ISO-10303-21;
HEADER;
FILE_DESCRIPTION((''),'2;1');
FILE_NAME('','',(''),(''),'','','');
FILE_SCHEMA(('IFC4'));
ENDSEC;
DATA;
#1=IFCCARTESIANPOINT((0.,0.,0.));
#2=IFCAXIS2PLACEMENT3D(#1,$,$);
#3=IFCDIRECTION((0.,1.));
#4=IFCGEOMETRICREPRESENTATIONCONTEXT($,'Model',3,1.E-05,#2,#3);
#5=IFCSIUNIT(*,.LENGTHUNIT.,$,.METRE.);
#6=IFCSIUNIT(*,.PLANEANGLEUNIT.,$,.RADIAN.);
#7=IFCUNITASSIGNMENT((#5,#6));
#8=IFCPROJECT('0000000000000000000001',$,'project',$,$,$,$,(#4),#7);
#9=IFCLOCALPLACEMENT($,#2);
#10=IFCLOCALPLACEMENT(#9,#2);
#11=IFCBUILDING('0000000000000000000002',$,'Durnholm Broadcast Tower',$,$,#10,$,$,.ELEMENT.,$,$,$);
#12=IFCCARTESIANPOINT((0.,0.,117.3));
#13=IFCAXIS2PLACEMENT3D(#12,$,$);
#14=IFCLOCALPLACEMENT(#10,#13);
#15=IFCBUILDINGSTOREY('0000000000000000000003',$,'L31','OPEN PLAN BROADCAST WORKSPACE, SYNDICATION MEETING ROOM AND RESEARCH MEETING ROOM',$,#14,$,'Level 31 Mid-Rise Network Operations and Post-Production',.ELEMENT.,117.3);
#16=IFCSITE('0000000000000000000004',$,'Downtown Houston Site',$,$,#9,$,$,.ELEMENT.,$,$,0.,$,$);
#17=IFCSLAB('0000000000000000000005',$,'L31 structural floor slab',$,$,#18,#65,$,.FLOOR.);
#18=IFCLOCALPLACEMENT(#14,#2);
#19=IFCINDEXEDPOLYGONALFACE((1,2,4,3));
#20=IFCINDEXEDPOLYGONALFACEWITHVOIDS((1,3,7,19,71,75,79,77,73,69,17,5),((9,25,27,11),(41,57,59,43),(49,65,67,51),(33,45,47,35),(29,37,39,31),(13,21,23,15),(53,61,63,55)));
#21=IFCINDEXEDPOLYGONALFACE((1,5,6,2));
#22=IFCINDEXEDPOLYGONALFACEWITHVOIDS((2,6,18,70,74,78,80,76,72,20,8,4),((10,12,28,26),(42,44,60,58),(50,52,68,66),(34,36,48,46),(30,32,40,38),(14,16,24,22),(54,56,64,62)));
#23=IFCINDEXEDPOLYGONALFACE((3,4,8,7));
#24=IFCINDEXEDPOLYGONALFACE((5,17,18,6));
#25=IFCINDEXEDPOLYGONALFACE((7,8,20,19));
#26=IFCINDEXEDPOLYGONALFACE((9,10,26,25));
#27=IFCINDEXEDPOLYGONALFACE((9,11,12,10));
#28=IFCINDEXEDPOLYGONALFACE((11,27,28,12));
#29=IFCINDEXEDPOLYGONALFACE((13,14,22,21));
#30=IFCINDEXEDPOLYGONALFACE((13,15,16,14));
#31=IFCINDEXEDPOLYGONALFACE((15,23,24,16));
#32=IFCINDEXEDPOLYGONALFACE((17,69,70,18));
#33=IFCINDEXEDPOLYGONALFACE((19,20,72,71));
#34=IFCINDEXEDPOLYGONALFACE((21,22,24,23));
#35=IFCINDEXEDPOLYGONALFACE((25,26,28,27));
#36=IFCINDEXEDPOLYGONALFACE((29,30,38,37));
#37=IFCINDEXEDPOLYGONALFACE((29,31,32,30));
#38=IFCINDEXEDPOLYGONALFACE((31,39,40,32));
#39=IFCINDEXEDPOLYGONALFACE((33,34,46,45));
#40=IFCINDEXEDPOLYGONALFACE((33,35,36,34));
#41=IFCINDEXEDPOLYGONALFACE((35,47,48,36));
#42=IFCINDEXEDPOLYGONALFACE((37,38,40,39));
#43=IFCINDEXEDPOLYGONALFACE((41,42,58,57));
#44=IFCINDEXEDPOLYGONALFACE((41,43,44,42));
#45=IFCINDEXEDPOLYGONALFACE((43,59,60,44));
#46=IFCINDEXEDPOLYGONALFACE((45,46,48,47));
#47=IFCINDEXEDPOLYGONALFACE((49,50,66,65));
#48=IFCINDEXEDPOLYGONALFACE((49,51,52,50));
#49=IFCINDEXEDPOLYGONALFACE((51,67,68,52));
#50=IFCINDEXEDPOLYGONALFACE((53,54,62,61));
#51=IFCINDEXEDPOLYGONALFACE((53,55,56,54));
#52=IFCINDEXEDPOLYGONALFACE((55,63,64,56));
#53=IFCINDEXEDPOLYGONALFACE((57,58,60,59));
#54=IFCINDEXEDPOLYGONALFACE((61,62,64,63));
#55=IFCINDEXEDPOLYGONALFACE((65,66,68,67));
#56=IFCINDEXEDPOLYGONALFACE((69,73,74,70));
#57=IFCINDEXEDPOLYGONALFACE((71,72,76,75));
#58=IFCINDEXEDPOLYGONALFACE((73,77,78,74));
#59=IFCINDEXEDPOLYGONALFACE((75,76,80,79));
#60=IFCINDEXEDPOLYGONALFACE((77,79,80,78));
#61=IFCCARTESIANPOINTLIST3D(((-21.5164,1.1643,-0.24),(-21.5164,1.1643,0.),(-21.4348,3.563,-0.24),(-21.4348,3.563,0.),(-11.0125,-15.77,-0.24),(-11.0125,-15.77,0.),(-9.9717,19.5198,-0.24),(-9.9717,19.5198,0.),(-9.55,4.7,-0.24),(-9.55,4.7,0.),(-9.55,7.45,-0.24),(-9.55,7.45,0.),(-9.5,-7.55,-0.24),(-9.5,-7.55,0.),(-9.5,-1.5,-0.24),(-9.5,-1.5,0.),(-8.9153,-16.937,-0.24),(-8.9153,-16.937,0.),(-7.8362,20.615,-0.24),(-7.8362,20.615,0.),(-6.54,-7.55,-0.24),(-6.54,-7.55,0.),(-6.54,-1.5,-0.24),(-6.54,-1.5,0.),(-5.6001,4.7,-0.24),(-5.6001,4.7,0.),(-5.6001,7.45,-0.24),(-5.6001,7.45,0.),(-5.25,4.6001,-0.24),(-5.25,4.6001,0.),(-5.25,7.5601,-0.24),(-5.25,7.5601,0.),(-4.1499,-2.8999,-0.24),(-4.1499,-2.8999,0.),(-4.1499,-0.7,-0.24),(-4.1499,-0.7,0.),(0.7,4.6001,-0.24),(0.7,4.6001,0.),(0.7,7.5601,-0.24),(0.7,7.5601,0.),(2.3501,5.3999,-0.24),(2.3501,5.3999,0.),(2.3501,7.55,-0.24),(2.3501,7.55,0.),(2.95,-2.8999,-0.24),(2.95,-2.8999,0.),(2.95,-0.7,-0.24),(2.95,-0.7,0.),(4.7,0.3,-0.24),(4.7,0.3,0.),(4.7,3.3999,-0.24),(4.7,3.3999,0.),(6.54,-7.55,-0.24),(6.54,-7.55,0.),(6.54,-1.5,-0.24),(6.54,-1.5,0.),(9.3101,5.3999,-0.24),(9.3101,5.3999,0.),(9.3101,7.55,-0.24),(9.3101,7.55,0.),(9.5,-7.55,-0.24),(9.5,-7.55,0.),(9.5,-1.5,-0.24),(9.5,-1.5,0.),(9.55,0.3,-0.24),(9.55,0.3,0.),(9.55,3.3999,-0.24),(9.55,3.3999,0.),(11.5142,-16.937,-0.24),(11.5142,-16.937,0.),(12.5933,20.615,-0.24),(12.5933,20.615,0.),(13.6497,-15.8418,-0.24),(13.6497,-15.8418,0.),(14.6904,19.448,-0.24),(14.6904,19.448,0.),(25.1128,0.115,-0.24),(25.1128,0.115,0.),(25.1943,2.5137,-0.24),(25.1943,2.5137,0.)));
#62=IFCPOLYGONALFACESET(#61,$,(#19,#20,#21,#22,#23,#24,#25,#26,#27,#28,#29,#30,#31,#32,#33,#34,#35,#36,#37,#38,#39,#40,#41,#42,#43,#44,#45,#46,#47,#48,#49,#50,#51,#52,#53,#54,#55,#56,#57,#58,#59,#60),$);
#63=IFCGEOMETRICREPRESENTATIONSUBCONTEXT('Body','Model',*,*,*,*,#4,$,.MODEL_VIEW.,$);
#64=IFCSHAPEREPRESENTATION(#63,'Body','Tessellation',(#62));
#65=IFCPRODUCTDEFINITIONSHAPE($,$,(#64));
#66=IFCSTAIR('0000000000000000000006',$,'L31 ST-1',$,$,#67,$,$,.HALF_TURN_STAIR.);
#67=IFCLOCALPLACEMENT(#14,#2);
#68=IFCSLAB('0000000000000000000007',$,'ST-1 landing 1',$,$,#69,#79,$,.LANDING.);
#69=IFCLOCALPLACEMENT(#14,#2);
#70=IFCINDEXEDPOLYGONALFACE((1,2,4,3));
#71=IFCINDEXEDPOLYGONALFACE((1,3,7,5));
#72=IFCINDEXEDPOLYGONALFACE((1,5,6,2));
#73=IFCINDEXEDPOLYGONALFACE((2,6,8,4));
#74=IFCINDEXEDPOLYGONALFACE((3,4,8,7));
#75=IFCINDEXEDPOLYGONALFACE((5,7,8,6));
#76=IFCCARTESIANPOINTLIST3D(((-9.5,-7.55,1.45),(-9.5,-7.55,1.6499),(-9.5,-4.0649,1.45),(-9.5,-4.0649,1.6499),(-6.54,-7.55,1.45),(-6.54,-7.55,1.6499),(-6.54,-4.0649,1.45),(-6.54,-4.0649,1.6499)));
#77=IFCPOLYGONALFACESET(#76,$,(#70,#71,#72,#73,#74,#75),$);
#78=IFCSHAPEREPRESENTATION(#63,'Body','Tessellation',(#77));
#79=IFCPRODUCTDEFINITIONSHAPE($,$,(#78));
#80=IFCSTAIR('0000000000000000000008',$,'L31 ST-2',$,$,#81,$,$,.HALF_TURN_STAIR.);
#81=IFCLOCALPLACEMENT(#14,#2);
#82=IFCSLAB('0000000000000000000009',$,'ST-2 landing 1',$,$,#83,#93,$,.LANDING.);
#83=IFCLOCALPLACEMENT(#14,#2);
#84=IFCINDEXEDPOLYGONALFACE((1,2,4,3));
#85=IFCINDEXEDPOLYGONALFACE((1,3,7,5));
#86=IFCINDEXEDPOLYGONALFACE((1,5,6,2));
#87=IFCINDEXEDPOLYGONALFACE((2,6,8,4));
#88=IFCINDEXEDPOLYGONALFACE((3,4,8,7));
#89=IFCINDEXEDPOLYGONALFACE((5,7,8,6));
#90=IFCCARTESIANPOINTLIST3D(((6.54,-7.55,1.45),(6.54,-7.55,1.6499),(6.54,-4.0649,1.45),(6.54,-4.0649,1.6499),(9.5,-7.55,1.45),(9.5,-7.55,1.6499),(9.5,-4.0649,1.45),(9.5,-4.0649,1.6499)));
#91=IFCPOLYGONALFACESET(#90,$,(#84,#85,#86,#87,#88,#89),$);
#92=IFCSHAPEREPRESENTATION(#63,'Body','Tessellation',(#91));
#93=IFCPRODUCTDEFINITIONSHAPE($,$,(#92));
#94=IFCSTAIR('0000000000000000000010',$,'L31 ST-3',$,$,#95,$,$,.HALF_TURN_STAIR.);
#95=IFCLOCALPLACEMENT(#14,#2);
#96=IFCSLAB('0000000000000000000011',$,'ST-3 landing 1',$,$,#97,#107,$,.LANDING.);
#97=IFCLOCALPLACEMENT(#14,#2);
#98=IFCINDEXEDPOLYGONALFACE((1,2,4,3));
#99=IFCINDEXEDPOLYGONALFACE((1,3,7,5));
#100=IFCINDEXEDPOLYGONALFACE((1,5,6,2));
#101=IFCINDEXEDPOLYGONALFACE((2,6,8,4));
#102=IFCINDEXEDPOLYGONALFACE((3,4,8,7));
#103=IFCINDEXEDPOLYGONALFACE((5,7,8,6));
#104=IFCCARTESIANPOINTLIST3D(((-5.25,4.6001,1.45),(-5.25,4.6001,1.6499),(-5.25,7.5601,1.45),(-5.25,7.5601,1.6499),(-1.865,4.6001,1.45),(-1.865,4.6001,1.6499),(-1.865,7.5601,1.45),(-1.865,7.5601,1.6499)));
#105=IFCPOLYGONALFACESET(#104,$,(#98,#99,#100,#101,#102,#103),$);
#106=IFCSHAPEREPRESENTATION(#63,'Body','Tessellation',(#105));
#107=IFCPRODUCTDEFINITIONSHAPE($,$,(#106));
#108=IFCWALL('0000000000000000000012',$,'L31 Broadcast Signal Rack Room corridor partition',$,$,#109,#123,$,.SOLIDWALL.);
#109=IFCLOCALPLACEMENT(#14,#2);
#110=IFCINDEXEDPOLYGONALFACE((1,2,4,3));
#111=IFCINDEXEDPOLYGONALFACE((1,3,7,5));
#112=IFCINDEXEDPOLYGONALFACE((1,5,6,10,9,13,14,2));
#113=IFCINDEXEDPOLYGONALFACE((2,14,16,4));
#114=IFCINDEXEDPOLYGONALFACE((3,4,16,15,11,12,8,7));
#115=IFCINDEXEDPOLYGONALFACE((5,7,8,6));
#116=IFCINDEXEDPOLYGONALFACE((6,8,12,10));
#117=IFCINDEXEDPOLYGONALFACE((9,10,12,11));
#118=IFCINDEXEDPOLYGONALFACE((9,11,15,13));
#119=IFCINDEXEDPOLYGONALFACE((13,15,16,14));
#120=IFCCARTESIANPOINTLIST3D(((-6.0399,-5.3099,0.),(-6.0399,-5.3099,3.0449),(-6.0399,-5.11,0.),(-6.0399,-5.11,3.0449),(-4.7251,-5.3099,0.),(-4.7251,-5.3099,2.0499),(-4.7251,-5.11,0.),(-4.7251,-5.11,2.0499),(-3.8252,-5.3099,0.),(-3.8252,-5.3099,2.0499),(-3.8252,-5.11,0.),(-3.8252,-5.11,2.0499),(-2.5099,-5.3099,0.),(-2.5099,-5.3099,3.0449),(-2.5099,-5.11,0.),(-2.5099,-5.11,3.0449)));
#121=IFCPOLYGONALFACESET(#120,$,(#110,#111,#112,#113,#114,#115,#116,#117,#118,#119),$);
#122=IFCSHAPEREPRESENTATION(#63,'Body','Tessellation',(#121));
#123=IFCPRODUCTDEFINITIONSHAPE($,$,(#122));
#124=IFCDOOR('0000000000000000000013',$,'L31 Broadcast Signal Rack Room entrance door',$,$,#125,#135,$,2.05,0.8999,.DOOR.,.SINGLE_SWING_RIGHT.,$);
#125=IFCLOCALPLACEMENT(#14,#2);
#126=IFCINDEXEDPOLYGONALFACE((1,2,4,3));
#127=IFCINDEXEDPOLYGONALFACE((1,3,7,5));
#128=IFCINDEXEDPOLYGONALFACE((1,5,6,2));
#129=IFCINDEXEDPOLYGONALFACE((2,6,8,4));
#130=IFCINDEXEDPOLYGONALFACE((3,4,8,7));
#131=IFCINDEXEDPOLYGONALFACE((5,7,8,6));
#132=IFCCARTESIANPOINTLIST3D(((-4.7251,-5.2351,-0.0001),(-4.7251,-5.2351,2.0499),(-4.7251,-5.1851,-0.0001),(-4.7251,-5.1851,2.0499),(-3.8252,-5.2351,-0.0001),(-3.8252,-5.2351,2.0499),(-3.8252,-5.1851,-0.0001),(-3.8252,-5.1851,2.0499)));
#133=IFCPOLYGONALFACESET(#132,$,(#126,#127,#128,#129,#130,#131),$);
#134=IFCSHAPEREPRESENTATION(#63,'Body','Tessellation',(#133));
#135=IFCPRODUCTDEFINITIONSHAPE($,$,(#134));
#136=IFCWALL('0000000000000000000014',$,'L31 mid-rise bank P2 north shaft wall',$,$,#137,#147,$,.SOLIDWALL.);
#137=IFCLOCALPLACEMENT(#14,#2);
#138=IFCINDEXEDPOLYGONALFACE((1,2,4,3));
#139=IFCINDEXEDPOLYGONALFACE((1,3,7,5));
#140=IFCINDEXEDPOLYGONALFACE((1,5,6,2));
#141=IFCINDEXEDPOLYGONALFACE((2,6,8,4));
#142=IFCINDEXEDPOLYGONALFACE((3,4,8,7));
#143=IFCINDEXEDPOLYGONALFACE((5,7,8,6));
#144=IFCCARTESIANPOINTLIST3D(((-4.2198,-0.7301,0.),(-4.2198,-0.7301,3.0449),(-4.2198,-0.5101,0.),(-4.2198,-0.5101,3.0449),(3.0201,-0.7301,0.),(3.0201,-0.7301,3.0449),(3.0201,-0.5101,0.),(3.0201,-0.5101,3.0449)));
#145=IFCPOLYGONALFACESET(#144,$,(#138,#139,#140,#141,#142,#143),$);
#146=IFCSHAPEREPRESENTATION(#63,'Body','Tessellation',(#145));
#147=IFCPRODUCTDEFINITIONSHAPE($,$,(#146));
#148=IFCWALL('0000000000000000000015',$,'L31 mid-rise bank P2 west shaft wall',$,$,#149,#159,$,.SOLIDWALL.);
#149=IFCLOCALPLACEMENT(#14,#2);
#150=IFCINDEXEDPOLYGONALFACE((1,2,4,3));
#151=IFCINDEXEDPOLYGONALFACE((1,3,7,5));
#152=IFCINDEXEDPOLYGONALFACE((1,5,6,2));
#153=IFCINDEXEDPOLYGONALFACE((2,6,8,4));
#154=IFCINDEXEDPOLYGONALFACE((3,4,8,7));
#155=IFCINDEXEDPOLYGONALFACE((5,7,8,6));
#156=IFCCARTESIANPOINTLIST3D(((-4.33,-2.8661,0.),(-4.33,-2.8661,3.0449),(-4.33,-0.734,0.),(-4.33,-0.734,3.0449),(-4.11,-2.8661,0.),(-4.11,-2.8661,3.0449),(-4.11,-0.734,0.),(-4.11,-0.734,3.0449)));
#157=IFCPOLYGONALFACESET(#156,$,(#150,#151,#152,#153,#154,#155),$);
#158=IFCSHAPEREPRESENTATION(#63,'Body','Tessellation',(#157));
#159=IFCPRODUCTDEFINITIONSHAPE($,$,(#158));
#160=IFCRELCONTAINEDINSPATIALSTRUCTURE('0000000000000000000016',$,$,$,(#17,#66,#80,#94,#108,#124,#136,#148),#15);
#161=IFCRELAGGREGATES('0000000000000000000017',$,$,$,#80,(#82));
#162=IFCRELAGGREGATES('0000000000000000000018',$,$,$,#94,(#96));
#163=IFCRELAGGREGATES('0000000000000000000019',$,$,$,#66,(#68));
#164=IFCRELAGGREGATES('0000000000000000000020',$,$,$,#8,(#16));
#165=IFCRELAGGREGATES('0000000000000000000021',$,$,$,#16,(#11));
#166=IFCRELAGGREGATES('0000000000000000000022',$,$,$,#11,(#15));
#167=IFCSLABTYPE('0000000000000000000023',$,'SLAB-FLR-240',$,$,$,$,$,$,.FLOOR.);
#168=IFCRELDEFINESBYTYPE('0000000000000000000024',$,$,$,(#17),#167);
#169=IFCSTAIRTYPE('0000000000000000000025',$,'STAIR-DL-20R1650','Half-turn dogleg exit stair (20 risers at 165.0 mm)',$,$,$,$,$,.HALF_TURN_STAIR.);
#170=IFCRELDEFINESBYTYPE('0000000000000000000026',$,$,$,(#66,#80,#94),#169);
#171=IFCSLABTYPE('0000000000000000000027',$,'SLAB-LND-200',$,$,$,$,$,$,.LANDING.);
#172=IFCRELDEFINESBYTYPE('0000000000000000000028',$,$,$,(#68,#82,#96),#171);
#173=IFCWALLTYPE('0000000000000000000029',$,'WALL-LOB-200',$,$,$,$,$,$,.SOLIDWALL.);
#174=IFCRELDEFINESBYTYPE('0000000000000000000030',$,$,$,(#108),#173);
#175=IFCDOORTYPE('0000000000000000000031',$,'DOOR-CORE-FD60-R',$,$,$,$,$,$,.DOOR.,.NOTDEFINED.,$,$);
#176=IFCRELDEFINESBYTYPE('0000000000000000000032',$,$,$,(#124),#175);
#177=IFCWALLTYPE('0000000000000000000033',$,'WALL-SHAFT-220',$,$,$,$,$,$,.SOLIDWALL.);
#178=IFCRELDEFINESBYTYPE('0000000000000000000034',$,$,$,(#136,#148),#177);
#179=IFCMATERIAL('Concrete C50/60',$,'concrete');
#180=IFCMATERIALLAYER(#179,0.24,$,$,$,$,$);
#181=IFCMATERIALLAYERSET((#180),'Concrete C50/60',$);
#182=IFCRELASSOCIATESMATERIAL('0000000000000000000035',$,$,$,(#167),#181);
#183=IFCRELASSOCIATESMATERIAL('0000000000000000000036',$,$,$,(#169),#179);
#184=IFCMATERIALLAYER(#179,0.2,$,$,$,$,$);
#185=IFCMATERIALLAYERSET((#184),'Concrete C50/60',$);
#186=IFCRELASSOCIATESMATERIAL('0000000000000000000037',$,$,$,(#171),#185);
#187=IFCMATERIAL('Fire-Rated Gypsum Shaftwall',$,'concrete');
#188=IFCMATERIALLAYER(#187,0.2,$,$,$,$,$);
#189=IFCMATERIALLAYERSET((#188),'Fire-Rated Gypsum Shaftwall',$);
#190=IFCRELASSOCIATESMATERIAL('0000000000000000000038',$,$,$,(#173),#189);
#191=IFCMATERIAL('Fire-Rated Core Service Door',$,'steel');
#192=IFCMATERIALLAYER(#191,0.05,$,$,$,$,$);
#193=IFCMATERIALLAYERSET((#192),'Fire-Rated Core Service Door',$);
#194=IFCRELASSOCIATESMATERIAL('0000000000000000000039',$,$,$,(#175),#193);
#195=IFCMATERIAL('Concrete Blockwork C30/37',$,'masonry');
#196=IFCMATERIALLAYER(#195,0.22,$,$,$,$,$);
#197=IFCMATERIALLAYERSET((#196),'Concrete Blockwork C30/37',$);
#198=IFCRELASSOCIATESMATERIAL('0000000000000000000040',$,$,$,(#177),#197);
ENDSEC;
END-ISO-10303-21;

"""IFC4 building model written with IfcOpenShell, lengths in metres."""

from ifc_helpers import new_model, si_unit, direction, frame, frame_2d, origin, place, context, subcontext, project, spatial, polyline, rectangle, outline, extrude, source, transform, mapped, material, layer, layer_set, type_object, type_shapes, element, fill, aggregate, save


model = new_model("IFC4")

# Units and contexts
model_context = context("Model", 3, precision=1e-05, world=origin(), true_north=direction((0.0, 1.0)))
body_context = subcontext(model_context, "Body", "Model", "MODEL_VIEW")
ifc_project = project(units=[si_unit("LENGTHUNIT", "METRE"), si_unit("PLANEANGLEUNIT", "RADIAN")], contexts=[model_context])

# Site, building, storey
site_placement = place(None, origin())
site = spatial("IfcSite", under=ifc_project, at=site_placement, Name="Downtown Houston Site", CompositionType="ELEMENT", RefElevation=0.0)
building_placement = place(site_placement, origin())
building = spatial("IfcBuilding", under=site, at=building_placement, Name="Durnholm Broadcast Tower", CompositionType="ELEMENT")
storey_placement = place(building_placement, frame((0.0, 0.0, 117.3)))
storey = spatial("IfcBuildingStorey", under=building, at=storey_placement, Name="L31", Description="OPEN PLAN BROADCAST WORKSPACE, SYNDICATION MEETING ROOM AND RESEARCH MEETING ROOM", LongName="Level 31 Mid-Rise Network Operations and Post-Production", CompositionType="ELEMENT", Elevation=117.3)

# Slab
ifc_material_1 = material(Name="Concrete C50/60", Category="concrete")
ifc_layer_1 = layer(ifc_material_1, 0.24)
ifc_layer_set_1 = layer_set([ifc_layer_1], Name="Concrete C50/60")
slab_type_1 = type_object("IfcSlabType", Name="SLAB-FLR-240", PredefinedType="FLOOR", material=ifc_layer_set_1)
slab_1_placement = place(storey_placement, frame((0.0, 0.0, -0.24)))
element("IfcSlab", 1, at=slab_1_placement, inside=storey, type_object=slab_type_1, Name="L31 structural floor slab", PredefinedType="FLOOR", context=body_context, shape_type="SweptSolid", body=[
    extrude(outline(polyline([(-11.0125, -15.77), (-8.9153, -16.937), (11.5142, -16.937), (13.6497, -15.8418), (25.1128, 0.115), (25.1943, 2.5137), (14.6904, 19.448), (12.5933, 20.615), (-7.8362, 20.615), (-9.9717, 19.5198), (-21.4348, 3.563), (-21.5164, 1.1643), (-11.0125, -15.77)]), holes=[polyline([(-6.54, -1.5), (-9.5, -1.5), (-9.5, -7.55), (-6.54, -7.55), (-6.54, -1.5)]), polyline([(9.5, -7.55), (9.5, -1.5), (6.54, -1.5), (6.54, -7.55), (9.5, -7.55)]), polyline([(2.95, -0.7), (-4.1499, -0.7), (-4.1499, -2.8999), (2.95, -2.8999), (2.95, -0.7)]), polyline([(9.55, 3.3999), (4.7, 3.3999), (4.7, 0.3), (9.55, 0.3), (9.55, 3.3999)]), polyline([(-5.6001, 7.45), (-9.55, 7.45), (-9.55, 4.7), (-5.6001, 4.7), (-5.6001, 7.45)]), polyline([(-5.25, 4.6001), (0.7, 4.6001), (0.7, 7.5601), (-5.25, 7.5601), (-5.25, 4.6001)]), polyline([(9.3101, 7.55), (2.3501, 7.55), (2.3501, 5.3999), (9.3101, 5.3999), (9.3101, 7.55)])]), origin(), (0.0, 0.0, 1.0), 0.24),
])

# Stairs, slabs
stair_type = type_object("IfcStairType", Name="STAIR-DL-20R1650", Description="Half-turn dogleg exit stair (20 risers at 165.0 mm)", PredefinedType="HALF_TURN_STAIR", material=ifc_material_1)
stair_1_placement = place(storey_placement, origin())
stair_1 = element("IfcStair", 2, at=stair_1_placement, inside=storey, type_object=stair_type, Name="L31 ST-1", PredefinedType="HALF_TURN_STAIR")
ifc_layer_2 = layer(ifc_material_1, 0.2)
ifc_layer_set_2 = layer_set([ifc_layer_2], Name="Concrete C50/60")
slab_type_2 = type_object("IfcSlabType", Name="SLAB-LND-200", PredefinedType="LANDING", material=ifc_layer_set_2)
slab_2_placement = place(storey_placement, frame((0.0, 0.0, 1.45)))
slab_2 = element("IfcSlab", 3, at=slab_2_placement, type_object=slab_type_2, Name="ST-1 landing 1", PredefinedType="LANDING", context=body_context, shape_type="SweptSolid", body=[
    extrude(outline(polyline([(-9.5, -4.0649), (-9.5, -7.55), (-6.54, -7.55), (-6.54, -4.0649), (-9.5, -4.0649)])), origin(), (0.0, 0.0, 1.0), 0.2),
])
stair_2_placement = place(storey_placement, origin())
stair_2 = element("IfcStair", 4, at=stair_2_placement, inside=storey, type_object=stair_type, Name="L31 ST-2", PredefinedType="HALF_TURN_STAIR")
slab_3_placement = place(storey_placement, frame((0.0, 0.0, 1.45)))
slab_3 = element("IfcSlab", 5, at=slab_3_placement, type_object=slab_type_2, Name="ST-2 landing 1", PredefinedType="LANDING", context=body_context, shape_type="SweptSolid", body=[
    extrude(outline(polyline([(6.54, -4.0649), (6.54, -7.55), (9.5, -7.55), (9.5, -4.0649), (6.54, -4.0649)])), origin(), (0.0, 0.0, 1.0), 0.2),
])
aggregate(stair_2, [slab_3])
stair_3_placement = place(storey_placement, origin())
stair_3 = element("IfcStair", 6, at=stair_3_placement, inside=storey, type_object=stair_type, Name="L31 ST-3", PredefinedType="HALF_TURN_STAIR")
slab_4_placement = place(storey_placement, frame((0.0, 0.0, 1.45)))
slab_4 = element("IfcSlab", 7, at=slab_4_placement, type_object=slab_type_2, Name="ST-3 landing 1", PredefinedType="LANDING", context=body_context, shape_type="SweptSolid", body=[
    extrude(outline(polyline([(-1.865, 7.5601), (-5.25, 7.5601), (-5.25, 4.6001), (-1.865, 4.6001), (-1.865, 7.5601)])), origin(), (0.0, 0.0, 1.0), 0.2),
])
aggregate(stair_3, [slab_4])

# Wall, opening, door
ifc_material_2 = material(Name="Fire-Rated Gypsum Shaftwall", Category="concrete")
ifc_layer_3 = layer(ifc_material_2, 0.2)
ifc_layer_set_3 = layer_set([ifc_layer_3], Name="Fire-Rated Gypsum Shaftwall")
wall_type_1 = type_object("IfcWallType", Name="WALL-LOB-200", PredefinedType="SOLIDWALL", material=ifc_layer_set_3)
wall_1_placement = place(storey_placement, frame((-6.04, -5.21, 0.0), z_axis=(0.0, 0.0, 1.0), x_axis=(1.0, 0.0, 0.0)))
wall_1 = element("IfcWall", 8, at=wall_1_placement, inside=storey, type_object=wall_type_1, Name="L31 Broadcast Signal Rack Room corridor partition", PredefinedType="SOLIDWALL", context=body_context, shape_type="SweptSolid", body=[
    extrude(rectangle(XDim=3.53, YDim=0.2, at=frame_2d((1.7651, 0.0))), origin(), (0.0, 0.0, 1.0), 3.0449),
])
opening_1_placement = place(wall_1_placement, frame((1.3149, 0.0, 0.0)))
opening_1 = element("IfcOpeningElement", 9, at=opening_1_placement, cuts=wall_1, PredefinedType="OPENING", context=body_context, shape_type="SweptSolid", body=[
    extrude(rectangle(XDim=0.8999, YDim=2.05, at=frame_2d((0.45, 1.0249))), frame((0.0, 0.1099, 0.0), z_axis=(0.0, -1.0, 0.0), x_axis=(1.0, 0.0, 0.0)), (0.0, 0.0, 1.0), 0.22),
])
ifc_material_3 = material(Name="Fire-Rated Core Service Door", Category="steel")
ifc_layer_4 = layer(ifc_material_3, 0.05)
ifc_layer_set_4 = layer_set([ifc_layer_4], Name="Fire-Rated Core Service Door")
door_type_1 = type_object("IfcDoorType", Name="DOOR-CORE-FD60-R", OperationType="NOTDEFINED", PredefinedType="DOOR", material=ifc_layer_set_4)
shared_shape_1 = source(origin(), body_context, "Body", "SweptSolid", [
    extrude(rectangle(XDim=0.8999, YDim=2.05, at=frame_2d((0.45, 1.0249))), frame((0.0, 0.0249, 0.0), z_axis=(0.0, -1.0, 0.0), x_axis=(1.0, 0.0, 0.0)), (0.0, 0.0, 1.0), 0.05),
])
type_shapes(door_type_1, [shared_shape_1])
door_1_placement = place(opening_1_placement, origin())
door_1 = element("IfcDoor", 10, at=door_1_placement, inside=storey, type_object=door_type_1, Name="L31 Broadcast Signal Rack Room entrance door", OperationType="SINGLE_SWING_RIGHT", OverallHeight=2.05, OverallWidth=0.8999, PredefinedType="DOOR", context=body_context, shape_type="MappedRepresentation", body=[
    mapped(shared_shape_1, transform((0.0, 0.0, 0.0), x_axis=(1.0, 0.0, 0.0), y_axis=(0.0, 1.0, 0.0), z_axis=(0.0, 0.0, 1.0), scale=1.0)),
])
fill(opening_1, door_1)

# Shared definitions
ifc_material_4 = material(Name="Concrete Blockwork C30/37", Category="masonry")
ifc_layer_5 = layer(ifc_material_4, 0.22)
ifc_layer_set_5 = layer_set([ifc_layer_5], Name="Concrete Blockwork C30/37")
wall_type_2 = type_object("IfcWallType", Name="WALL-SHAFT-220", PredefinedType="SOLIDWALL", material=ifc_layer_set_5)

# Walls
wall_2_placement = place(storey_placement, frame((-4.22, -0.6201, 0.0), z_axis=(0.0, 0.0, 1.0), x_axis=(1.0, 0.0, 0.0)))
element("IfcWall", 11, at=wall_2_placement, inside=storey, type_object=wall_type_2, Name="L31 mid-rise bank P2 north shaft wall", PredefinedType="SOLIDWALL", context=body_context, shape_type="SweptSolid", body=[
    extrude(rectangle(XDim=7.24, YDim=0.22, at=frame_2d((3.6201, 0.0))), origin(), (0.0, 0.0, 1.0), 3.0449),
])
wall_3_placement = place(storey_placement, frame((-4.22, -2.866, 0.0), z_axis=(0.0, 0.0, 1.0), x_axis=(0.0, 1.0, 0.0)))
element("IfcWall", 12, at=wall_3_placement, inside=storey, type_object=wall_type_2, Name="L31 mid-rise bank P2 west shaft wall", PredefinedType="SOLIDWALL", context=body_context, shape_type="SweptSolid", body=[
    extrude(rectangle(XDim=2.1321, YDim=0.22, at=frame_2d((1.0659, 0.0))), origin(), (0.0, 0.0, 1.0), 3.0449),
])

aggregate(stair_1, [slab_2])

save(model, "model.ifc")
